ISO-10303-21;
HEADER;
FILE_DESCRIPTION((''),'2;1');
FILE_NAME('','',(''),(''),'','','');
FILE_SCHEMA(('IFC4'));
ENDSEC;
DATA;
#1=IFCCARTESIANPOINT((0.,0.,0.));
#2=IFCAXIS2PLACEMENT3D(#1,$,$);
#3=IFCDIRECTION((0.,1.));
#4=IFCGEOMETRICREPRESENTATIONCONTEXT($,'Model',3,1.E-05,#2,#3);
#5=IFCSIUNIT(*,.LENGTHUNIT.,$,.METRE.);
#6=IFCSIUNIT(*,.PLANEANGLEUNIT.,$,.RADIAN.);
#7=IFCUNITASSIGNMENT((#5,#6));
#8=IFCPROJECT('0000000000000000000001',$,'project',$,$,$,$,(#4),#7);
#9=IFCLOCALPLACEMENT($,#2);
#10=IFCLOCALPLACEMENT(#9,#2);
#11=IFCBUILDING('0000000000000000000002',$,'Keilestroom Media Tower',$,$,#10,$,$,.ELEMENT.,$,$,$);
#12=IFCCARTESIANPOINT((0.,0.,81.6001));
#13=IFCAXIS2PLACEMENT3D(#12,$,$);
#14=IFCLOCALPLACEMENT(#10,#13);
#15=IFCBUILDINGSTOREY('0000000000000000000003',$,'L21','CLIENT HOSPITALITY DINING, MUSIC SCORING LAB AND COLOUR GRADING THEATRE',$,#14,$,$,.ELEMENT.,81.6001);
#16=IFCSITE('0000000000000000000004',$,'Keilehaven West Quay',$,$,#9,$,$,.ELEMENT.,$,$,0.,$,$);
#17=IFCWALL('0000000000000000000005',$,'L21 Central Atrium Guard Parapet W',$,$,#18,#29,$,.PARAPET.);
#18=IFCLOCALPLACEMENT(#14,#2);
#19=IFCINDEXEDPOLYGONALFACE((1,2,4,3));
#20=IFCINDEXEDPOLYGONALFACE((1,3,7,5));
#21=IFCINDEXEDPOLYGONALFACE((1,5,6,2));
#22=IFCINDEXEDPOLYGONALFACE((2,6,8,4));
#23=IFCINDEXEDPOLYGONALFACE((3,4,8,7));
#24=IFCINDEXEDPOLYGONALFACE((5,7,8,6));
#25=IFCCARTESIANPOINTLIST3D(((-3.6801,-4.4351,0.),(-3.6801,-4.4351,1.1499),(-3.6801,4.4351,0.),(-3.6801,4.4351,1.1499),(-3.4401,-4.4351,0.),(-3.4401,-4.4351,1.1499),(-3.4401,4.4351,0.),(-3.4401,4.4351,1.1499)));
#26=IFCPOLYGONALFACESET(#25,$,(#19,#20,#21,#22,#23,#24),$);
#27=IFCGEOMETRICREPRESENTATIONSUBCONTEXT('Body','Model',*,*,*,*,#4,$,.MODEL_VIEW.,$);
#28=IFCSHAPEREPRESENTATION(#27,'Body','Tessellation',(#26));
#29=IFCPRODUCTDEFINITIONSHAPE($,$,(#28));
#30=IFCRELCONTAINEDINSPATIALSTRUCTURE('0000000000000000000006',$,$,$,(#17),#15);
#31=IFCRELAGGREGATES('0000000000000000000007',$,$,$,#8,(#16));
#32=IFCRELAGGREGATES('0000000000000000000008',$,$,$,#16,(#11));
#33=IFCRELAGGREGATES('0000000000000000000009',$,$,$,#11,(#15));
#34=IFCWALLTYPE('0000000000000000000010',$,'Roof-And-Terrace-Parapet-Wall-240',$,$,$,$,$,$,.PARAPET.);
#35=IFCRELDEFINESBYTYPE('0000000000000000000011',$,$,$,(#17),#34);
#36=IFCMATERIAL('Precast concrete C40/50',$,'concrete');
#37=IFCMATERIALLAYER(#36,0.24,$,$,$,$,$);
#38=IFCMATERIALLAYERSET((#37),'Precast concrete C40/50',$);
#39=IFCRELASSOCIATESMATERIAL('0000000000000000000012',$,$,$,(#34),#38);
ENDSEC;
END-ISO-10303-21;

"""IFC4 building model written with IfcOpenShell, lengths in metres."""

from ifc_helpers import new_model, si_unit, direction, frame, frame_2d, origin, place, context, subcontext, project, spatial, rectangle, extrude, material, layer, layer_set, type_object, element, save


model = new_model("IFC4")

# Units and contexts
model_context = context("Model", 3, precision=1e-05, world=origin(), true_north=direction((0.0, 1.0)))
body_context = subcontext(model_context, "Body", "Model", "MODEL_VIEW")
ifc_project = project(units=[si_unit("LENGTHUNIT", "METRE"), si_unit("PLANEANGLEUNIT", "RADIAN")], contexts=[model_context])

# Site, building, storey
site_placement = place(None, origin())
site = spatial("IfcSite", under=ifc_project, at=site_placement, Name="Keilehaven West Quay", CompositionType="ELEMENT", RefElevation=0.0)
building_placement = place(site_placement, origin())
building = spatial("IfcBuilding", under=site, at=building_placement, Name="Keilestroom Media Tower", CompositionType="ELEMENT")
storey_placement = place(building_placement, frame((0.0, 0.0, 81.6001)))
storey = spatial("IfcBuildingStorey", under=building, at=storey_placement, Name="L21", Description="CLIENT HOSPITALITY DINING, MUSIC SCORING LAB AND COLOUR GRADING THEATRE", CompositionType="ELEMENT", Elevation=81.6001)

# Wall
ifc_material_1 = material(Name="Precast concrete C40/50", Category="concrete")
ifc_layer_1 = layer(ifc_material_1, 0.24)
ifc_layer_set_1 = layer_set([ifc_layer_1], Name="Precast concrete C40/50")
wall_type_1 = type_object("IfcWallType", Name="Roof-And-Terrace-Parapet-Wall-240", PredefinedType="PARAPET", material=ifc_layer_set_1)
wall_1_placement = place(storey_placement, frame((-3.5601, -4.4351, 0.0), z_axis=(0.0, 0.0, 1.0), x_axis=(0.0, 1.0, 0.0)))
element("IfcWall", 1, at=wall_1_placement, inside=storey, type_object=wall_type_1, Name="L21 Central Atrium Guard Parapet W", PredefinedType="PARAPET", context=body_context, shape_type="SweptSolid", body=[
    extrude(rectangle(XDim=8.8701, YDim=0.24, at=frame_2d((4.4351, 0.0))), origin(), (0.0, 0.0, 1.0), 1.1499),
])

save(model, "model.ifc")
